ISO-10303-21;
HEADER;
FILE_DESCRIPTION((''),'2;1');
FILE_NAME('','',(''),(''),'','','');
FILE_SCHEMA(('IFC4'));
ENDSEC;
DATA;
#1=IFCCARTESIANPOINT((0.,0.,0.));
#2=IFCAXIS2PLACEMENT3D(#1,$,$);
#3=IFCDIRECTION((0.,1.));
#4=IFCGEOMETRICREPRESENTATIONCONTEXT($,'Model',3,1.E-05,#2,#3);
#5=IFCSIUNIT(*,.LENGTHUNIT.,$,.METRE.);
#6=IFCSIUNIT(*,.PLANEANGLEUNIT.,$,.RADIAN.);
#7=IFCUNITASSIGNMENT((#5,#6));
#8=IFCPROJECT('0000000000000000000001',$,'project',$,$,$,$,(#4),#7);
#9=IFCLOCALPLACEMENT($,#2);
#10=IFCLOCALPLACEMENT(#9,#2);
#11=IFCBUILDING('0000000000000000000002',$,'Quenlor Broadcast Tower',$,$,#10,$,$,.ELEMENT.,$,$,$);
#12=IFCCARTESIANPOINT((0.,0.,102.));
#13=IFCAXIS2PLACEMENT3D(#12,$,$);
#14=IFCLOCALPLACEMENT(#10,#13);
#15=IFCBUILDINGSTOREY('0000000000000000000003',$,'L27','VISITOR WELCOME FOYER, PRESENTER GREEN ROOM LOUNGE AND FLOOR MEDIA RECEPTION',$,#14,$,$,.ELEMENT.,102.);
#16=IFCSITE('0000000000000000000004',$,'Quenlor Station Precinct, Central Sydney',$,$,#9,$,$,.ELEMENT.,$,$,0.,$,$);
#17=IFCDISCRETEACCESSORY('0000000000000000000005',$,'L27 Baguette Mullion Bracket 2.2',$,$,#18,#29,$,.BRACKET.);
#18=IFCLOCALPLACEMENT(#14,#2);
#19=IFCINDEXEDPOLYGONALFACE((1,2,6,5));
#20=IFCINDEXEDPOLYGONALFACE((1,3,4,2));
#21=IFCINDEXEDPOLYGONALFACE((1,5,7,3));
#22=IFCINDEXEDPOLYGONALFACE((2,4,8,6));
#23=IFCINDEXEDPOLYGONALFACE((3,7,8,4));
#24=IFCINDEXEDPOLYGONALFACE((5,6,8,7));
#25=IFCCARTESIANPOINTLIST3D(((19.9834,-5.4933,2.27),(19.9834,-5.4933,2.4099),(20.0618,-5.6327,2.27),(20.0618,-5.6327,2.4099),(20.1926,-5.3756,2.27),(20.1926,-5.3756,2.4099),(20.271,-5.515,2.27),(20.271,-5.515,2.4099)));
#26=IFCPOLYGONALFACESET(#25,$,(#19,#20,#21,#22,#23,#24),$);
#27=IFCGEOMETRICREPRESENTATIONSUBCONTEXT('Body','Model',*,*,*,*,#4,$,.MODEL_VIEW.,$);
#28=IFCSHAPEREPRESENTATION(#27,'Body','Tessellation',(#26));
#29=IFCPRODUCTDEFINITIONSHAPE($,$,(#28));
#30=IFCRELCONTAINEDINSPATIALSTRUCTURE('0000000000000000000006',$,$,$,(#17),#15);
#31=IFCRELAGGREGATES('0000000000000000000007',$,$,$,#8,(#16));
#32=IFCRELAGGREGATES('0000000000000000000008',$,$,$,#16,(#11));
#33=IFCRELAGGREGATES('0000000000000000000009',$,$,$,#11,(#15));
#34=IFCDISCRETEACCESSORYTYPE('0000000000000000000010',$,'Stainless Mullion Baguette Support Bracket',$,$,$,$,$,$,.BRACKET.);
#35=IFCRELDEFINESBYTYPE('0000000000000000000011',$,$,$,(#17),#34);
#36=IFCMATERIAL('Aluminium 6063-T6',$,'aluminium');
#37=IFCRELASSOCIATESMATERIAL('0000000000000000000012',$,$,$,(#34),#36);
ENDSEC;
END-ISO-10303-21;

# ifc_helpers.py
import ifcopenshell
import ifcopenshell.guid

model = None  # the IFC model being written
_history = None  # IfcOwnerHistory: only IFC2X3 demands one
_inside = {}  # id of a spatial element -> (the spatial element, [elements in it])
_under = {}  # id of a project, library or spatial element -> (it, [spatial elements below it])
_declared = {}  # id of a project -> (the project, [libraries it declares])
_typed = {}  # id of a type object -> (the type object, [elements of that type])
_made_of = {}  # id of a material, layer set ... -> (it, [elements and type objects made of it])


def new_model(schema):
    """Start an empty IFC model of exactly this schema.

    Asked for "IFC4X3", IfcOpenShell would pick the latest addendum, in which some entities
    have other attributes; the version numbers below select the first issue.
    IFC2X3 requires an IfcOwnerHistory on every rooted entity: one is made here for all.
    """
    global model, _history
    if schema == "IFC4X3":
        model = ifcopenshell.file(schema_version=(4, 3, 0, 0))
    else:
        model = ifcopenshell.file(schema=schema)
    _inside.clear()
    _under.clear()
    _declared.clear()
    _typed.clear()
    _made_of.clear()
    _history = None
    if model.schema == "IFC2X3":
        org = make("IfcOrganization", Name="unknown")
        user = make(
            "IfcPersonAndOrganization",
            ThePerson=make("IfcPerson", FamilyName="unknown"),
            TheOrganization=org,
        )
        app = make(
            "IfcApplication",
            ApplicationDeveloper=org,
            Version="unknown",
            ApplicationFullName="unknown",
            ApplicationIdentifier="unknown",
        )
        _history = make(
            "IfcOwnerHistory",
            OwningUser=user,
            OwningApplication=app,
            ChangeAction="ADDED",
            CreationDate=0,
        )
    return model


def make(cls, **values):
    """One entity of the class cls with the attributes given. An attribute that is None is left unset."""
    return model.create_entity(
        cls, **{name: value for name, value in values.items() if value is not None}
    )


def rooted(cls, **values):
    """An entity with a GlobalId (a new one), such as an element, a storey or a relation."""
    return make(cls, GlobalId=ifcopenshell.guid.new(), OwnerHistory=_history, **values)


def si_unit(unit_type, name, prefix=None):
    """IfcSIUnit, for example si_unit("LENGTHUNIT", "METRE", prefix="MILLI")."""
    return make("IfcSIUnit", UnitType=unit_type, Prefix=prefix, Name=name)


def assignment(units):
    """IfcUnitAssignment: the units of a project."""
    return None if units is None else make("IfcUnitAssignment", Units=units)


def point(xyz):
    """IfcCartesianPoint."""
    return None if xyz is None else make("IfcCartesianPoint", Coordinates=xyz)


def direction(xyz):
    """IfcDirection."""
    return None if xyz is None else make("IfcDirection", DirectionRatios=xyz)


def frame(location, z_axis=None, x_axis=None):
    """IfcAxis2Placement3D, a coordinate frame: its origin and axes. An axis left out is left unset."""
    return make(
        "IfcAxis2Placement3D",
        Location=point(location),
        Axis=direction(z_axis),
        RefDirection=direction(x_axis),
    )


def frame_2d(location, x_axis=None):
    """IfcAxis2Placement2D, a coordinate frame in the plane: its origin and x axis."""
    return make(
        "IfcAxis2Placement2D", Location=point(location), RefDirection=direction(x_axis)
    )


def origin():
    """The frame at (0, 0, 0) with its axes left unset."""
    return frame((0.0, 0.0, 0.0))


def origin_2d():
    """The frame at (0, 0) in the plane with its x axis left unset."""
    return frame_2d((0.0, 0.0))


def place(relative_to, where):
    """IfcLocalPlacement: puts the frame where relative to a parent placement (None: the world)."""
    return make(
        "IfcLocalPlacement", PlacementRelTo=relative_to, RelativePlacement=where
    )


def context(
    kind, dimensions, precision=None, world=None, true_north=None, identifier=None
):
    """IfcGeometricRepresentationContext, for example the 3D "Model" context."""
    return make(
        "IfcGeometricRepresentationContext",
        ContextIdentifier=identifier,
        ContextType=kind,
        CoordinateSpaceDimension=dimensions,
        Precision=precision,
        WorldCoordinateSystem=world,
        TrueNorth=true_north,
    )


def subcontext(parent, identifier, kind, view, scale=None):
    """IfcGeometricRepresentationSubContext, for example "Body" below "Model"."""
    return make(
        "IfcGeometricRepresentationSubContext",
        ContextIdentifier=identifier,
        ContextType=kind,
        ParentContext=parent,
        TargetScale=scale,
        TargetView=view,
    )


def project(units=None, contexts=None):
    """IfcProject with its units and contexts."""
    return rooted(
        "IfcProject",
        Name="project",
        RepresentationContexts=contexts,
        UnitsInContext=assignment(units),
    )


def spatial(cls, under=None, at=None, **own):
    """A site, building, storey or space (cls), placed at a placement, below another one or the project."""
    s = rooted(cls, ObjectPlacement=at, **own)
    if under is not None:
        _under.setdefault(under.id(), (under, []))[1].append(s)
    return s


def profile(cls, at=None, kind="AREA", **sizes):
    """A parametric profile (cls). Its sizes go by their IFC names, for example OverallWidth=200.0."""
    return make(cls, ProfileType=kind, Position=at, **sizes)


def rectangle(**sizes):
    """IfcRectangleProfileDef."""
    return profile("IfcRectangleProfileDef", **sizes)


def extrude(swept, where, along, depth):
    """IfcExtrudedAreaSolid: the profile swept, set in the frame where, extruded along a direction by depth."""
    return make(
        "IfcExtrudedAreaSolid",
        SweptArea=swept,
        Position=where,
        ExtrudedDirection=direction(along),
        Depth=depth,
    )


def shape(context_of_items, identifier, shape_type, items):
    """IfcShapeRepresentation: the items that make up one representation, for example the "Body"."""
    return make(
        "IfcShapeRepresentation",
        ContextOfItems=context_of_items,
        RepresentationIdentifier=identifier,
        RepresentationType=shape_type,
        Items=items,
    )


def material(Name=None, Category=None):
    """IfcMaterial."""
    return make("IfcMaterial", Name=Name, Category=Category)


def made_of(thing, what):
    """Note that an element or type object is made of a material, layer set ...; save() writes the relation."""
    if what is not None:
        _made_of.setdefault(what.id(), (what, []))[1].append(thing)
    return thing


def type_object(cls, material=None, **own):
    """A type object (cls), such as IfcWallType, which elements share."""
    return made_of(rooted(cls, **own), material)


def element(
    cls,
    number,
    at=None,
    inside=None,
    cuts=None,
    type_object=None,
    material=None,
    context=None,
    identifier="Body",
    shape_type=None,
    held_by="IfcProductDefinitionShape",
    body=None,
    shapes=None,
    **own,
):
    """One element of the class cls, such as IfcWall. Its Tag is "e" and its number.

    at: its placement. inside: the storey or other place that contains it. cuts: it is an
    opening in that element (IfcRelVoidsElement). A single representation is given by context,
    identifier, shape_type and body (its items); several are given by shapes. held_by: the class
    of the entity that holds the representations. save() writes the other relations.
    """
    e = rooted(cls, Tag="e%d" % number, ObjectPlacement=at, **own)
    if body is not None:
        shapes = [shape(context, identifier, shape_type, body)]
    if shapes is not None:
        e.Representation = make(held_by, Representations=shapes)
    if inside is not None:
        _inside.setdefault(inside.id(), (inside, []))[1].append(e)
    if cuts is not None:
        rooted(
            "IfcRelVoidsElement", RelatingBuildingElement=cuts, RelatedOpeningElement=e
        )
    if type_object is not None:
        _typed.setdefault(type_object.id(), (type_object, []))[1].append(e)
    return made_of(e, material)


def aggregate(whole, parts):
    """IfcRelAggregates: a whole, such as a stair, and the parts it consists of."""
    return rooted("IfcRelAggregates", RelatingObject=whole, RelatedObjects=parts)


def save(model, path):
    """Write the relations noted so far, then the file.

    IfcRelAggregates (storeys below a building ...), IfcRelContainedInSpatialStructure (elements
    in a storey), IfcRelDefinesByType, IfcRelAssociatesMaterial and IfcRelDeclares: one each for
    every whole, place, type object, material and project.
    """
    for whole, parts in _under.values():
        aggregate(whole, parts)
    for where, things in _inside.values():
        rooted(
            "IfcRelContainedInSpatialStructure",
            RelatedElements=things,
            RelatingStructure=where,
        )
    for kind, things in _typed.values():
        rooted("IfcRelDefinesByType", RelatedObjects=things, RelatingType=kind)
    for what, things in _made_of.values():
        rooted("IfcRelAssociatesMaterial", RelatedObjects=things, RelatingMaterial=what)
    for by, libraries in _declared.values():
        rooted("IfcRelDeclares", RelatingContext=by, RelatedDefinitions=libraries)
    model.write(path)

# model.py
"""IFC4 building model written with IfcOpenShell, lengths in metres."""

from ifc_helpers import new_model, si_unit, direction, frame, origin, origin_2d, place, context, subcontext, project, spatial, rectangle, extrude, material, type_object, element, save


model = new_model("IFC4")

# Units and contexts
model_context = context("Model", 3, precision=1e-05, world=origin(), true_north=direction((0.0, 1.0)))
body_context = subcontext(model_context, "Body", "Model", "MODEL_VIEW")
ifc_project = project(units=[si_unit("LENGTHUNIT", "METRE"), si_unit("PLANEANGLEUNIT", "RADIAN")], contexts=[model_context])

# Site, building, storey
site_placement = place(None, origin())
site = spatial("IfcSite", under=ifc_project, at=site_placement, Name="Quenlor Station Precinct, Central Sydney", CompositionType="ELEMENT", RefElevation=0.0)
building_placement = place(site_placement, origin())
building = spatial("IfcBuilding", under=site, at=building_placement, Name="Quenlor Broadcast Tower", CompositionType="ELEMENT")
storey_placement = place(building_placement, frame((0.0, 0.0, 102.0)))
storey = spatial("IfcBuildingStorey", under=building, at=storey_placement, Name="L27", Description="VISITOR WELCOME FOYER, PRESENTER GREEN ROOM LOUNGE AND FLOOR MEDIA RECEPTION", CompositionType="ELEMENT", Elevation=102.0)

# Discrete accessory
ifc_material_1 = material(Name="Aluminium 6063-T6", Category="aluminium")
discrete_accessory_type = type_object("IfcDiscreteAccessoryType", Name="Stainless Mullion Baguette Support Bracket", PredefinedType="BRACKET", material=ifc_material_1)
for number, where, z_axis, x_axis, name in (
    (1, (20.1272, -5.5042, 2.27), (0.0, 0.0, 1.0), (0.490277, -0.871567, 0.0), "L27 Baguette Mullion Bracket 2.2"),
):
    element("IfcDiscreteAccessory", number, at=place(storey_placement, frame(where, z_axis=z_axis, x_axis=x_axis)), inside=storey, type_object=discrete_accessory_type, Name=name, PredefinedType="BRACKET", context=body_context, shape_type="SweptSolid", body=[
        extrude(rectangle(XDim=0.1599, YDim=0.24, at=origin_2d()), origin(), (0.0, 0.0, 1.0), 0.1399),
    ])

save(model, "model.ifc")
